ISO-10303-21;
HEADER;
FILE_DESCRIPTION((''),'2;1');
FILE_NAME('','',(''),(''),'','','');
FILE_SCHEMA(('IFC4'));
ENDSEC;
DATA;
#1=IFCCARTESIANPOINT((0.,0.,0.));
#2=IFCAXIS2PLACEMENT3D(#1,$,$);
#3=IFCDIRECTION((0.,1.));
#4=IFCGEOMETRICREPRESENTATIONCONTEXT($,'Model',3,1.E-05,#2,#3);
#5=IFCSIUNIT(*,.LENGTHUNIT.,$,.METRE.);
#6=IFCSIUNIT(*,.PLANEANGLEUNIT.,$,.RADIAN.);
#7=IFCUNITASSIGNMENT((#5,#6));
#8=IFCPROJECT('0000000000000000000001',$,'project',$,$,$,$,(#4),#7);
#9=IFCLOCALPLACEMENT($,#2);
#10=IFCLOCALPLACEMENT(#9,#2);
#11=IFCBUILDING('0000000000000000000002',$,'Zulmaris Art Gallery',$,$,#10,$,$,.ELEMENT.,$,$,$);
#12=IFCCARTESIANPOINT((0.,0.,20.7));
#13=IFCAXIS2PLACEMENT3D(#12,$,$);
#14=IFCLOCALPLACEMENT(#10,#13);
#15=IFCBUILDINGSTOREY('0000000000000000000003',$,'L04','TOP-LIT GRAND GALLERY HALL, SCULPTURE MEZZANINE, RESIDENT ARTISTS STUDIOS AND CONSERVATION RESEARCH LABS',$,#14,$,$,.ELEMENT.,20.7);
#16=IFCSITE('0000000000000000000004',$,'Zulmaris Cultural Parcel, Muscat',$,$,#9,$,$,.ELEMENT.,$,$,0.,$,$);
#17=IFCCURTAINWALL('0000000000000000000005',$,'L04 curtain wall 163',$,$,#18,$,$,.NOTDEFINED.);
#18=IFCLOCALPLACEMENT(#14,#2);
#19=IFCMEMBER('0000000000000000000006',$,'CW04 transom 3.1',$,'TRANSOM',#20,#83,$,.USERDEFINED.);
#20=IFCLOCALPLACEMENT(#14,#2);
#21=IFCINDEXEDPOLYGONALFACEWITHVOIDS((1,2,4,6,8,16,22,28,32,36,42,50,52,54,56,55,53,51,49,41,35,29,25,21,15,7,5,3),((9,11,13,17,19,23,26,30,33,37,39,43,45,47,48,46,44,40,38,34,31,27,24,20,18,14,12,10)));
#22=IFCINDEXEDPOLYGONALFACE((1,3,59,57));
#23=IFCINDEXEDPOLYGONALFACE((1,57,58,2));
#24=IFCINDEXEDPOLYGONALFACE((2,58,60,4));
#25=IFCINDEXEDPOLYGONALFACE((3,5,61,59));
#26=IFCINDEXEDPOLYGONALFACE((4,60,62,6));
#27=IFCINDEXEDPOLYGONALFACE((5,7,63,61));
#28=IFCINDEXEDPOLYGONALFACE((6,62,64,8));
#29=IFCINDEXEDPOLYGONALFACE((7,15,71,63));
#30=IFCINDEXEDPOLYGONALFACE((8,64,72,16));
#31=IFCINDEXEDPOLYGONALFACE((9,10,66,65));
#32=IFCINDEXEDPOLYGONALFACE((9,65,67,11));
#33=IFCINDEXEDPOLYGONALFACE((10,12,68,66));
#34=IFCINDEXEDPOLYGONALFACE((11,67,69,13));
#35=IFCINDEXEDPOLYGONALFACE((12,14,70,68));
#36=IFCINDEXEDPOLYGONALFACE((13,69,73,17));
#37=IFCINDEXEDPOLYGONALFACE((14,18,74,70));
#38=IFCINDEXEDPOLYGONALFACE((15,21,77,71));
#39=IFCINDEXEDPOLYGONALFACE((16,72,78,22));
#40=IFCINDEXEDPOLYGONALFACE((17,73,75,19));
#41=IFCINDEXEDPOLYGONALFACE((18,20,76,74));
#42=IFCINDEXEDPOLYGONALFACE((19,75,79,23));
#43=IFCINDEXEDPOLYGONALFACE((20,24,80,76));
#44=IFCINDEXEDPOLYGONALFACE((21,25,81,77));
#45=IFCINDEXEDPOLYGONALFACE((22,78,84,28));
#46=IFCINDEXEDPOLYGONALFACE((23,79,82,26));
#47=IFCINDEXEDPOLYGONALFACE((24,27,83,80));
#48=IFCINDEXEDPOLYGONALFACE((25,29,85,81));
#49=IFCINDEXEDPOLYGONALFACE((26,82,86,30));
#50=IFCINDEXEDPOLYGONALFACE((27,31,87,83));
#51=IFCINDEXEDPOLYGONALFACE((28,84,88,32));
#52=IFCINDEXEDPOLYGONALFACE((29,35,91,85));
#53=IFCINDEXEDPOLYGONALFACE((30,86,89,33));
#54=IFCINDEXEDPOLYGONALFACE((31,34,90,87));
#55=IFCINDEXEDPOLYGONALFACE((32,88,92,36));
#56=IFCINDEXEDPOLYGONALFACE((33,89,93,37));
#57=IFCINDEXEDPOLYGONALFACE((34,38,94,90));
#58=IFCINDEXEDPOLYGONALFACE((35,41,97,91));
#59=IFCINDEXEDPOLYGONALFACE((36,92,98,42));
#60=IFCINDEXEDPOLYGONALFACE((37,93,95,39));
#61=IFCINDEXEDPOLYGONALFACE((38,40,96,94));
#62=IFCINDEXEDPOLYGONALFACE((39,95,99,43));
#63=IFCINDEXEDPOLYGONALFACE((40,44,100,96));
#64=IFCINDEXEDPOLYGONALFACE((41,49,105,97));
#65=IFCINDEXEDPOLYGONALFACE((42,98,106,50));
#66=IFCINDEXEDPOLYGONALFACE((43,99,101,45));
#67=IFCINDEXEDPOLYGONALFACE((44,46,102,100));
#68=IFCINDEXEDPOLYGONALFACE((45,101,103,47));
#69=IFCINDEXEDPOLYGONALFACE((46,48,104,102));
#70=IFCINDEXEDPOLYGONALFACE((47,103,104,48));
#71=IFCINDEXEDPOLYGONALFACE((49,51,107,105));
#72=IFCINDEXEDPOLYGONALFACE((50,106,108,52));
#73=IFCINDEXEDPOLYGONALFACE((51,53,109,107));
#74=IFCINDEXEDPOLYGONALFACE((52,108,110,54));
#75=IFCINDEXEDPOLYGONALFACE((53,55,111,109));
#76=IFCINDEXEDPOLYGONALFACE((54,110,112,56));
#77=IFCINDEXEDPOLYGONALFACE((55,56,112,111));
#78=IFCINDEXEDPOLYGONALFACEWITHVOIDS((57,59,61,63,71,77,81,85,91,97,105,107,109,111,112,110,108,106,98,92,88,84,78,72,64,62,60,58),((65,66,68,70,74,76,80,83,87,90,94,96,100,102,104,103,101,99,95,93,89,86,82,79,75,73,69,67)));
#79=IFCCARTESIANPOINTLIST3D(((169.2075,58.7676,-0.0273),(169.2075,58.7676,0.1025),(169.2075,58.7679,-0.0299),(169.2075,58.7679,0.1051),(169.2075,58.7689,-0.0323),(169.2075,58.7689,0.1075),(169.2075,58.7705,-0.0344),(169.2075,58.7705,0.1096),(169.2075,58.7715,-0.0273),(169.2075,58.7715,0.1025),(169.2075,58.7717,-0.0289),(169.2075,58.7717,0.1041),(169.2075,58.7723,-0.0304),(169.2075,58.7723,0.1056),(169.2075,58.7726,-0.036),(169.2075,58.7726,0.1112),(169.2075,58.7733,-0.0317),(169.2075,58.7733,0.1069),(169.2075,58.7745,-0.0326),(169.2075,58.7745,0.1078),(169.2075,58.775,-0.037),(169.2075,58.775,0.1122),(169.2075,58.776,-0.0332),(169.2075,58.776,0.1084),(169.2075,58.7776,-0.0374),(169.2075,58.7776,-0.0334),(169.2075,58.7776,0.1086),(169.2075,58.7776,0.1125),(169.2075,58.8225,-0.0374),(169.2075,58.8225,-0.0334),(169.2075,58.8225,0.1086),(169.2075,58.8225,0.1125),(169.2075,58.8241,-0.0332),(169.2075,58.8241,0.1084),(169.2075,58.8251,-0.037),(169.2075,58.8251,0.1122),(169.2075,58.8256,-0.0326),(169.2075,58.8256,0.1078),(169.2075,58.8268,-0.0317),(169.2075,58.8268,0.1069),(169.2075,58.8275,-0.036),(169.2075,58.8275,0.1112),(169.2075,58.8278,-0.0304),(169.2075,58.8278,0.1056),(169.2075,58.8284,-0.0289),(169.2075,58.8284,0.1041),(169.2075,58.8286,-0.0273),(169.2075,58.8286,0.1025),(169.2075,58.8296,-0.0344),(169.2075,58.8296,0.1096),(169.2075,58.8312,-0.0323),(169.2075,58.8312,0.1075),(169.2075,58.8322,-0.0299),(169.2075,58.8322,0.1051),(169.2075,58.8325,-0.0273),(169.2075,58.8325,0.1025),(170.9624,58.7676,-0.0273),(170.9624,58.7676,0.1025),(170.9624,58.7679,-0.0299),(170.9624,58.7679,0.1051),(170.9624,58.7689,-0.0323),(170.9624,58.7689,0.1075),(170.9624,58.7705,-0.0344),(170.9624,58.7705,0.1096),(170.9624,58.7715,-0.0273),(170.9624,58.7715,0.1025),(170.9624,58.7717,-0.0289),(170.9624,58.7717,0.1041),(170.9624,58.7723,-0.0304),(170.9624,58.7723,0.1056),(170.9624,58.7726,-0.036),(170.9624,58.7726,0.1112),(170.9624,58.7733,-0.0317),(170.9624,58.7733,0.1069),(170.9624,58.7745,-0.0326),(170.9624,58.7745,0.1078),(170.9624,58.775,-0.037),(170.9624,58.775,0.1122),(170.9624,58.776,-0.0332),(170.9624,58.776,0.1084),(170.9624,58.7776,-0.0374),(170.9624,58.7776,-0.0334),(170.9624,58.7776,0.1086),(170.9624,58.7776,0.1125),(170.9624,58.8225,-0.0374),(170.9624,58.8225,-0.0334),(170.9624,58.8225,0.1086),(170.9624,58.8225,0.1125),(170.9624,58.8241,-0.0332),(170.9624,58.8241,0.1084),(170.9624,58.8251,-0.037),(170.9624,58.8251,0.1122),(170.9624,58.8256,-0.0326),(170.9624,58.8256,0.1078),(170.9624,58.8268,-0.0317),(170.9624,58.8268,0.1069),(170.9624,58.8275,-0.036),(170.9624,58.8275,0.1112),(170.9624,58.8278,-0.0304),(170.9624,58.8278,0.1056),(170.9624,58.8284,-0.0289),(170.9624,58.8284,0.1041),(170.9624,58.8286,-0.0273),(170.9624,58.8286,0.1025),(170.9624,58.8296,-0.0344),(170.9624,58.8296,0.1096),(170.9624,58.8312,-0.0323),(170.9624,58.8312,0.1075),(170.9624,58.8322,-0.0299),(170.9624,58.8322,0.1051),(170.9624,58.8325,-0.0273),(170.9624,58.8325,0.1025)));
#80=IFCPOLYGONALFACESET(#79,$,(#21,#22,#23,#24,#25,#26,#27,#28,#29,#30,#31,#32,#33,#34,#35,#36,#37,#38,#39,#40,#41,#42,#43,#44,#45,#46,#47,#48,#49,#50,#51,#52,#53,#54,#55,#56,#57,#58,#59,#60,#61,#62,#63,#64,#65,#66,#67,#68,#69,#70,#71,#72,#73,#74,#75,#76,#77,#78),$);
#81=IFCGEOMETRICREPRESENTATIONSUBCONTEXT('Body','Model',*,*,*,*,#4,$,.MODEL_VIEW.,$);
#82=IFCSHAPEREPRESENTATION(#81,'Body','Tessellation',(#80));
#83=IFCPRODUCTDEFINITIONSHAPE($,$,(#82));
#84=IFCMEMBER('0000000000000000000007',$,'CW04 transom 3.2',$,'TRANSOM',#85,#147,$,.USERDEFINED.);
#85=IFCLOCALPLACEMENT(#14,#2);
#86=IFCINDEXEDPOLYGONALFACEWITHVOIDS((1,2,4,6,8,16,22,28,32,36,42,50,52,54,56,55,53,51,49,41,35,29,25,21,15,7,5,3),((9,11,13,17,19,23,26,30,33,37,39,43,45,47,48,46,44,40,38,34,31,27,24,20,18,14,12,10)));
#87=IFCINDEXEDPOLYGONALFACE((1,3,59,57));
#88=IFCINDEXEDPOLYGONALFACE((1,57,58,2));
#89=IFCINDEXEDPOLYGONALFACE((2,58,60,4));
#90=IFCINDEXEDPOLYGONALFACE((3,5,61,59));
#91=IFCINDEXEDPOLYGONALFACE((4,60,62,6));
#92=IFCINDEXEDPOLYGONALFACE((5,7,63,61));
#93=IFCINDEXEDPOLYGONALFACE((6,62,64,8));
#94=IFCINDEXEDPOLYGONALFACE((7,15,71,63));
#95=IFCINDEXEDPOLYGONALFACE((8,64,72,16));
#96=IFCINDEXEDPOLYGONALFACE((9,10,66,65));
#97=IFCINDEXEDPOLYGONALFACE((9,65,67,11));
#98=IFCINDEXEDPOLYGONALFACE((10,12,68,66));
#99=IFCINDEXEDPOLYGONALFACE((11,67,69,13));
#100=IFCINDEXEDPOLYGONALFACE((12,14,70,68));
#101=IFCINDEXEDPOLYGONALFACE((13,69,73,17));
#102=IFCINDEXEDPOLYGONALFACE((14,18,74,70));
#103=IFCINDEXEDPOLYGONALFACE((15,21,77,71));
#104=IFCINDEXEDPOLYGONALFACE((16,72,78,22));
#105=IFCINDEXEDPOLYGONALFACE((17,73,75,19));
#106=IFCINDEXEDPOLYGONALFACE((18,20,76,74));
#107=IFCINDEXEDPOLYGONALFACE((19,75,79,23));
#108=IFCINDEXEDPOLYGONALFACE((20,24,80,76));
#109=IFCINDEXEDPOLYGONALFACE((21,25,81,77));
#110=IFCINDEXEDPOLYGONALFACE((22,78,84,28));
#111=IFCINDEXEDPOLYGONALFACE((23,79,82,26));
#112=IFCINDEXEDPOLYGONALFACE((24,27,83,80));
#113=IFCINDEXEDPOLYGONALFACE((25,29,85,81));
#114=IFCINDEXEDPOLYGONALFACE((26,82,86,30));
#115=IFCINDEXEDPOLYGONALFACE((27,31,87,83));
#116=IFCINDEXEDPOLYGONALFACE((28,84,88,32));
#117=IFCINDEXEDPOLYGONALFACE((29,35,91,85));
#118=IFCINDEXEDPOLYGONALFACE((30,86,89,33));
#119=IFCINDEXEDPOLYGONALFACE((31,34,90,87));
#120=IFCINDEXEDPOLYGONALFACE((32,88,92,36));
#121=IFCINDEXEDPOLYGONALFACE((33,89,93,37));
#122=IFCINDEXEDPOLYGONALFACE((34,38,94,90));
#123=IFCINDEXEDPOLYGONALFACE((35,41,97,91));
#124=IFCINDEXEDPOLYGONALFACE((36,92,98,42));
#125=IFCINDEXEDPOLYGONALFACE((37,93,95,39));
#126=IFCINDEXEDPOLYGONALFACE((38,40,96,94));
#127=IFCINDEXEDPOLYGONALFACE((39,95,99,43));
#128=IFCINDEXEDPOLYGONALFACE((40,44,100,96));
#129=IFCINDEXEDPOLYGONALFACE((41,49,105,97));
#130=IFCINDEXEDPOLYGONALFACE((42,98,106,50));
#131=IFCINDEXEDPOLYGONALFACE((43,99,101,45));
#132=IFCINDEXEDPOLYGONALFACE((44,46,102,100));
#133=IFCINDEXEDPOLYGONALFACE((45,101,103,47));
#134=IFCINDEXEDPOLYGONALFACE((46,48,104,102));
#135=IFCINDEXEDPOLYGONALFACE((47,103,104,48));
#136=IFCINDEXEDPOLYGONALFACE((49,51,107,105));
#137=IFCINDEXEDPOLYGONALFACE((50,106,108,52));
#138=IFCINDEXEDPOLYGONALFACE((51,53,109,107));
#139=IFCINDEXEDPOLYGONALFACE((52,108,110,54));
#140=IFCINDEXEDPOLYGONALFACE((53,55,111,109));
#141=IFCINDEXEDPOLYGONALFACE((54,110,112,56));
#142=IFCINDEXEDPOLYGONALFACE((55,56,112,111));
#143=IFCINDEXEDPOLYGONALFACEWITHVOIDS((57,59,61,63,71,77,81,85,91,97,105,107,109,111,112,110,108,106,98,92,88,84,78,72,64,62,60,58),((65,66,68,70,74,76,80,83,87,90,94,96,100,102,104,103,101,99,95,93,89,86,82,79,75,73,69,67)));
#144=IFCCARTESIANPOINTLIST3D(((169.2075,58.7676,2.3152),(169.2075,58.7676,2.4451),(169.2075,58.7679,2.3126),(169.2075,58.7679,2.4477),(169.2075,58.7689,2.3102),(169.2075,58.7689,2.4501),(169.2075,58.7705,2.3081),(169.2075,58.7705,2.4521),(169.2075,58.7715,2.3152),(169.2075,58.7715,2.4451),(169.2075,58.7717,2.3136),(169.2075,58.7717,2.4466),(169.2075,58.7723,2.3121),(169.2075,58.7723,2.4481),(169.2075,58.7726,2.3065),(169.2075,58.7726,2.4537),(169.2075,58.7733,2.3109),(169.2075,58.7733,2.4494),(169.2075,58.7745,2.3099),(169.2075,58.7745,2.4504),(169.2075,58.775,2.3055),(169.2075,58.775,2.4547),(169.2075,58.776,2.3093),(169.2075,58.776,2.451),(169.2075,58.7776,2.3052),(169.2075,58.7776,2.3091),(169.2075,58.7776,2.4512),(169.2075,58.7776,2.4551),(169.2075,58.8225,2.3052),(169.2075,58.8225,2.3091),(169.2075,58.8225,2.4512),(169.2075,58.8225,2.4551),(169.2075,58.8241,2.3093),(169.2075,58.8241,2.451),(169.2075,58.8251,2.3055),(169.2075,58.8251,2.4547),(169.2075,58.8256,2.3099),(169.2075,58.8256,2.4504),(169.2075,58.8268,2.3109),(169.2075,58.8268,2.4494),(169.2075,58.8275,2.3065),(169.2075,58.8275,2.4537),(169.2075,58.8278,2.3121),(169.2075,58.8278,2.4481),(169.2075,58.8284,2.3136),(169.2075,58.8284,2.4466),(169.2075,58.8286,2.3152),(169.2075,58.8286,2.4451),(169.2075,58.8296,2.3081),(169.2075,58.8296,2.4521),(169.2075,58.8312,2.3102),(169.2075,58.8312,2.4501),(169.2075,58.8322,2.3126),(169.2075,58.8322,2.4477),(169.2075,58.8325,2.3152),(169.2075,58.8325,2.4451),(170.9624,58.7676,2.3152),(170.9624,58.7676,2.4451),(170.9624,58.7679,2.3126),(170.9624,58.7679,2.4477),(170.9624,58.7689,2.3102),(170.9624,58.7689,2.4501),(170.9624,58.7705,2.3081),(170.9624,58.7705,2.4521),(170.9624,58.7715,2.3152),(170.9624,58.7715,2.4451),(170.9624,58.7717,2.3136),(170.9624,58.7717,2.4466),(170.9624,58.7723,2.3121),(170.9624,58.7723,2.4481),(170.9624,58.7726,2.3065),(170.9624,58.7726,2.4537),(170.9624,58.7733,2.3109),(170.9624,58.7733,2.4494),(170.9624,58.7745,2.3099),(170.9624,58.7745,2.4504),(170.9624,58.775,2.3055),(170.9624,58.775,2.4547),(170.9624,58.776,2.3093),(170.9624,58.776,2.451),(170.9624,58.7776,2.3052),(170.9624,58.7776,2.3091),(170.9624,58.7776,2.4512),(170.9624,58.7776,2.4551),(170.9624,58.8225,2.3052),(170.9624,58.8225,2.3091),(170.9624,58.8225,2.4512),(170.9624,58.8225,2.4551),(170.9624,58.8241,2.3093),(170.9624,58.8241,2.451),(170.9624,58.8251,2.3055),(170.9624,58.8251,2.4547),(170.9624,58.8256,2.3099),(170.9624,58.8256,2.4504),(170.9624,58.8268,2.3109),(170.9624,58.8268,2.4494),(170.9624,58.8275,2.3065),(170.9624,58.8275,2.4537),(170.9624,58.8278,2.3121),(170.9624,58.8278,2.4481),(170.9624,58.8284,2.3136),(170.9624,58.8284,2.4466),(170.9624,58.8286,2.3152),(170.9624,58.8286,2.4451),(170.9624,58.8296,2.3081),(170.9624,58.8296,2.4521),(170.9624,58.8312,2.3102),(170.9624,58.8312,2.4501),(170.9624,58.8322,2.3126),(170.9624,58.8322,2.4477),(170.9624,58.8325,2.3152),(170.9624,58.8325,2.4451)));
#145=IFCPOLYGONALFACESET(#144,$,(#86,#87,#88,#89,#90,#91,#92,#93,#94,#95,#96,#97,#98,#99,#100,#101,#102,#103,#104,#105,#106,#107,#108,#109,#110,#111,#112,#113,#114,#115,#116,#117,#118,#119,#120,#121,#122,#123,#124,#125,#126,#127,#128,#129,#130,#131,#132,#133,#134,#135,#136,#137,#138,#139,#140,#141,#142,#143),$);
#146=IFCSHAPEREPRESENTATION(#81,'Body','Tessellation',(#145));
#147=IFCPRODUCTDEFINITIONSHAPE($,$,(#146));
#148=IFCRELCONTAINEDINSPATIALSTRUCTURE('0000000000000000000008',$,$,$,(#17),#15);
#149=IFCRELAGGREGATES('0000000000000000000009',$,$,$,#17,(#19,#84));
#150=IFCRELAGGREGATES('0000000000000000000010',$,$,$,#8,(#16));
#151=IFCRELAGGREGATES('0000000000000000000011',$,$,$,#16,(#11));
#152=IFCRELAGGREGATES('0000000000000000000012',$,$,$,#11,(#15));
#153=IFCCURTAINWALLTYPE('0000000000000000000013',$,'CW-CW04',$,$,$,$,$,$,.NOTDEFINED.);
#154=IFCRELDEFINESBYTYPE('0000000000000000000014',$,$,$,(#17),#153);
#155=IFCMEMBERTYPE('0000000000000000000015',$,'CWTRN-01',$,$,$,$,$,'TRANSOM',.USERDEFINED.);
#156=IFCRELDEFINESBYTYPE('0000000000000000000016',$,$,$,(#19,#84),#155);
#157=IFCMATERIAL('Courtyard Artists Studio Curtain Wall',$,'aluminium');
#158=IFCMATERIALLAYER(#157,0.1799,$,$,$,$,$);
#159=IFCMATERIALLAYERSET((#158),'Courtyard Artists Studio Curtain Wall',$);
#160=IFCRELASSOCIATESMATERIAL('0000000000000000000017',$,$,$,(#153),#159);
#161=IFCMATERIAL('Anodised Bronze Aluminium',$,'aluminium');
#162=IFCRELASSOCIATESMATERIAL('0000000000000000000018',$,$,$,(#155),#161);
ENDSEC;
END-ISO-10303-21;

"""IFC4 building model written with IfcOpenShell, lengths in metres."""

from ifc_helpers import new_model, si_unit, direction, frame, origin, origin_2d, place, context, subcontext, project, spatial, hollow_rectangle, extrude, material, layer, layer_set, material_profile, profile_set, type_object, element, aggregate, save


model = new_model("IFC4")

# Units and contexts
model_context = context("Model", 3, precision=1e-05, world=origin(), true_north=direction((0.0, 1.0)))
body_context = subcontext(model_context, "Body", "Model", "MODEL_VIEW")
ifc_project = project(units=[si_unit("LENGTHUNIT", "METRE"), si_unit("PLANEANGLEUNIT", "RADIAN")], contexts=[model_context])

# Site, building, storey
site_placement = place(None, origin())
site = spatial("IfcSite", under=ifc_project, at=site_placement, Name="Zulmaris Cultural Parcel, Muscat", CompositionType="ELEMENT", RefElevation=0.0)
building_placement = place(site_placement, origin())
building = spatial("IfcBuilding", under=site, at=building_placement, Name="Zulmaris Art Gallery", CompositionType="ELEMENT")
storey_placement = place(building_placement, frame((0.0, 0.0, 20.7)))
storey = spatial("IfcBuildingStorey", under=building, at=storey_placement, Name="L04", Description="TOP-LIT GRAND GALLERY HALL, SCULPTURE MEZZANINE, RESIDENT ARTISTS STUDIOS AND CONSERVATION RESEARCH LABS", CompositionType="ELEMENT", Elevation=20.7)

# Shared definitions
ifc_material_1 = material(Name="Courtyard Artists Studio Curtain Wall", Category="aluminium")
ifc_layer_1 = layer(ifc_material_1, 0.1799)
ifc_layer_set_1 = layer_set([ifc_layer_1], Name="Courtyard Artists Studio Curtain Wall")
curtain_wall_type = type_object("IfcCurtainWallType", Name="CW-CW04", PredefinedType="NOTDEFINED", material=ifc_layer_set_1)
ifc_material_2 = material(Name="Anodised Bronze Aluminium", Category="aluminium")

# Curtain wall
curtain_wall_1_placement = place(storey_placement, origin())
curtain_wall_1 = element("IfcCurtainWall", 1, at=curtain_wall_1_placement, inside=storey, type_object=curtain_wall_type, Name="L04 curtain wall 163", PredefinedType="NOTDEFINED")

# Members
ifc_material_profile_1 = material_profile(ifc_material_2, hollow_rectangle(XDim=0.0649, YDim=0.1499, WallThickness=0.0039, InnerFilletRadius=0.0061, OuterFilletRadius=0.01, at=origin_2d()), Name="ALU 65x150x4")
ifc_profile_set_1 = profile_set([ifc_material_profile_1], Name="Anodised Bronze Aluminium")
member_type_1 = type_object("IfcMemberType", Name="CWTRN-01", ElementType="TRANSOM", PredefinedType="USERDEFINED", material=ifc_profile_set_1)
member_1_placement = place(storey_placement, frame((170.9624, 58.8, 0.0376), z_axis=(-1.0, 0.0, 0.0), x_axis=(0.0, -1.0, 0.0)))
member_1 = element("IfcMember", 2, at=member_1_placement, type_object=member_type_1, Name="CW04 transom 3.1", ObjectType="TRANSOM", PredefinedType="USERDEFINED", context=body_context, shape_type="SweptSolid", body=[
    extrude(hollow_rectangle(XDim=0.0649, YDim=0.1499, WallThickness=0.0039, InnerFilletRadius=0.0061, OuterFilletRadius=0.01, at=origin_2d()), origin(), (0.0, 0.0, 1.0), 1.7549),
])
member_2_placement = place(storey_placement, frame((170.9624, 58.8, 2.3801), z_axis=(-1.0, 0.0, 0.0), x_axis=(0.0, -1.0, 0.0)))
member_2 = element("IfcMember", 3, at=member_2_placement, type_object=member_type_1, Name="CW04 transom 3.2", ObjectType="TRANSOM", PredefinedType="USERDEFINED", context=body_context, shape_type="SweptSolid", body=[
    extrude(hollow_rectangle(XDim=0.0649, YDim=0.1499, WallThickness=0.0039, InnerFilletRadius=0.0061, OuterFilletRadius=0.01, at=origin_2d()), origin(), (0.0, 0.0, 1.0), 1.7549),
])

aggregate(curtain_wall_1, [member_1, member_2])

save(model, "model.ifc")
